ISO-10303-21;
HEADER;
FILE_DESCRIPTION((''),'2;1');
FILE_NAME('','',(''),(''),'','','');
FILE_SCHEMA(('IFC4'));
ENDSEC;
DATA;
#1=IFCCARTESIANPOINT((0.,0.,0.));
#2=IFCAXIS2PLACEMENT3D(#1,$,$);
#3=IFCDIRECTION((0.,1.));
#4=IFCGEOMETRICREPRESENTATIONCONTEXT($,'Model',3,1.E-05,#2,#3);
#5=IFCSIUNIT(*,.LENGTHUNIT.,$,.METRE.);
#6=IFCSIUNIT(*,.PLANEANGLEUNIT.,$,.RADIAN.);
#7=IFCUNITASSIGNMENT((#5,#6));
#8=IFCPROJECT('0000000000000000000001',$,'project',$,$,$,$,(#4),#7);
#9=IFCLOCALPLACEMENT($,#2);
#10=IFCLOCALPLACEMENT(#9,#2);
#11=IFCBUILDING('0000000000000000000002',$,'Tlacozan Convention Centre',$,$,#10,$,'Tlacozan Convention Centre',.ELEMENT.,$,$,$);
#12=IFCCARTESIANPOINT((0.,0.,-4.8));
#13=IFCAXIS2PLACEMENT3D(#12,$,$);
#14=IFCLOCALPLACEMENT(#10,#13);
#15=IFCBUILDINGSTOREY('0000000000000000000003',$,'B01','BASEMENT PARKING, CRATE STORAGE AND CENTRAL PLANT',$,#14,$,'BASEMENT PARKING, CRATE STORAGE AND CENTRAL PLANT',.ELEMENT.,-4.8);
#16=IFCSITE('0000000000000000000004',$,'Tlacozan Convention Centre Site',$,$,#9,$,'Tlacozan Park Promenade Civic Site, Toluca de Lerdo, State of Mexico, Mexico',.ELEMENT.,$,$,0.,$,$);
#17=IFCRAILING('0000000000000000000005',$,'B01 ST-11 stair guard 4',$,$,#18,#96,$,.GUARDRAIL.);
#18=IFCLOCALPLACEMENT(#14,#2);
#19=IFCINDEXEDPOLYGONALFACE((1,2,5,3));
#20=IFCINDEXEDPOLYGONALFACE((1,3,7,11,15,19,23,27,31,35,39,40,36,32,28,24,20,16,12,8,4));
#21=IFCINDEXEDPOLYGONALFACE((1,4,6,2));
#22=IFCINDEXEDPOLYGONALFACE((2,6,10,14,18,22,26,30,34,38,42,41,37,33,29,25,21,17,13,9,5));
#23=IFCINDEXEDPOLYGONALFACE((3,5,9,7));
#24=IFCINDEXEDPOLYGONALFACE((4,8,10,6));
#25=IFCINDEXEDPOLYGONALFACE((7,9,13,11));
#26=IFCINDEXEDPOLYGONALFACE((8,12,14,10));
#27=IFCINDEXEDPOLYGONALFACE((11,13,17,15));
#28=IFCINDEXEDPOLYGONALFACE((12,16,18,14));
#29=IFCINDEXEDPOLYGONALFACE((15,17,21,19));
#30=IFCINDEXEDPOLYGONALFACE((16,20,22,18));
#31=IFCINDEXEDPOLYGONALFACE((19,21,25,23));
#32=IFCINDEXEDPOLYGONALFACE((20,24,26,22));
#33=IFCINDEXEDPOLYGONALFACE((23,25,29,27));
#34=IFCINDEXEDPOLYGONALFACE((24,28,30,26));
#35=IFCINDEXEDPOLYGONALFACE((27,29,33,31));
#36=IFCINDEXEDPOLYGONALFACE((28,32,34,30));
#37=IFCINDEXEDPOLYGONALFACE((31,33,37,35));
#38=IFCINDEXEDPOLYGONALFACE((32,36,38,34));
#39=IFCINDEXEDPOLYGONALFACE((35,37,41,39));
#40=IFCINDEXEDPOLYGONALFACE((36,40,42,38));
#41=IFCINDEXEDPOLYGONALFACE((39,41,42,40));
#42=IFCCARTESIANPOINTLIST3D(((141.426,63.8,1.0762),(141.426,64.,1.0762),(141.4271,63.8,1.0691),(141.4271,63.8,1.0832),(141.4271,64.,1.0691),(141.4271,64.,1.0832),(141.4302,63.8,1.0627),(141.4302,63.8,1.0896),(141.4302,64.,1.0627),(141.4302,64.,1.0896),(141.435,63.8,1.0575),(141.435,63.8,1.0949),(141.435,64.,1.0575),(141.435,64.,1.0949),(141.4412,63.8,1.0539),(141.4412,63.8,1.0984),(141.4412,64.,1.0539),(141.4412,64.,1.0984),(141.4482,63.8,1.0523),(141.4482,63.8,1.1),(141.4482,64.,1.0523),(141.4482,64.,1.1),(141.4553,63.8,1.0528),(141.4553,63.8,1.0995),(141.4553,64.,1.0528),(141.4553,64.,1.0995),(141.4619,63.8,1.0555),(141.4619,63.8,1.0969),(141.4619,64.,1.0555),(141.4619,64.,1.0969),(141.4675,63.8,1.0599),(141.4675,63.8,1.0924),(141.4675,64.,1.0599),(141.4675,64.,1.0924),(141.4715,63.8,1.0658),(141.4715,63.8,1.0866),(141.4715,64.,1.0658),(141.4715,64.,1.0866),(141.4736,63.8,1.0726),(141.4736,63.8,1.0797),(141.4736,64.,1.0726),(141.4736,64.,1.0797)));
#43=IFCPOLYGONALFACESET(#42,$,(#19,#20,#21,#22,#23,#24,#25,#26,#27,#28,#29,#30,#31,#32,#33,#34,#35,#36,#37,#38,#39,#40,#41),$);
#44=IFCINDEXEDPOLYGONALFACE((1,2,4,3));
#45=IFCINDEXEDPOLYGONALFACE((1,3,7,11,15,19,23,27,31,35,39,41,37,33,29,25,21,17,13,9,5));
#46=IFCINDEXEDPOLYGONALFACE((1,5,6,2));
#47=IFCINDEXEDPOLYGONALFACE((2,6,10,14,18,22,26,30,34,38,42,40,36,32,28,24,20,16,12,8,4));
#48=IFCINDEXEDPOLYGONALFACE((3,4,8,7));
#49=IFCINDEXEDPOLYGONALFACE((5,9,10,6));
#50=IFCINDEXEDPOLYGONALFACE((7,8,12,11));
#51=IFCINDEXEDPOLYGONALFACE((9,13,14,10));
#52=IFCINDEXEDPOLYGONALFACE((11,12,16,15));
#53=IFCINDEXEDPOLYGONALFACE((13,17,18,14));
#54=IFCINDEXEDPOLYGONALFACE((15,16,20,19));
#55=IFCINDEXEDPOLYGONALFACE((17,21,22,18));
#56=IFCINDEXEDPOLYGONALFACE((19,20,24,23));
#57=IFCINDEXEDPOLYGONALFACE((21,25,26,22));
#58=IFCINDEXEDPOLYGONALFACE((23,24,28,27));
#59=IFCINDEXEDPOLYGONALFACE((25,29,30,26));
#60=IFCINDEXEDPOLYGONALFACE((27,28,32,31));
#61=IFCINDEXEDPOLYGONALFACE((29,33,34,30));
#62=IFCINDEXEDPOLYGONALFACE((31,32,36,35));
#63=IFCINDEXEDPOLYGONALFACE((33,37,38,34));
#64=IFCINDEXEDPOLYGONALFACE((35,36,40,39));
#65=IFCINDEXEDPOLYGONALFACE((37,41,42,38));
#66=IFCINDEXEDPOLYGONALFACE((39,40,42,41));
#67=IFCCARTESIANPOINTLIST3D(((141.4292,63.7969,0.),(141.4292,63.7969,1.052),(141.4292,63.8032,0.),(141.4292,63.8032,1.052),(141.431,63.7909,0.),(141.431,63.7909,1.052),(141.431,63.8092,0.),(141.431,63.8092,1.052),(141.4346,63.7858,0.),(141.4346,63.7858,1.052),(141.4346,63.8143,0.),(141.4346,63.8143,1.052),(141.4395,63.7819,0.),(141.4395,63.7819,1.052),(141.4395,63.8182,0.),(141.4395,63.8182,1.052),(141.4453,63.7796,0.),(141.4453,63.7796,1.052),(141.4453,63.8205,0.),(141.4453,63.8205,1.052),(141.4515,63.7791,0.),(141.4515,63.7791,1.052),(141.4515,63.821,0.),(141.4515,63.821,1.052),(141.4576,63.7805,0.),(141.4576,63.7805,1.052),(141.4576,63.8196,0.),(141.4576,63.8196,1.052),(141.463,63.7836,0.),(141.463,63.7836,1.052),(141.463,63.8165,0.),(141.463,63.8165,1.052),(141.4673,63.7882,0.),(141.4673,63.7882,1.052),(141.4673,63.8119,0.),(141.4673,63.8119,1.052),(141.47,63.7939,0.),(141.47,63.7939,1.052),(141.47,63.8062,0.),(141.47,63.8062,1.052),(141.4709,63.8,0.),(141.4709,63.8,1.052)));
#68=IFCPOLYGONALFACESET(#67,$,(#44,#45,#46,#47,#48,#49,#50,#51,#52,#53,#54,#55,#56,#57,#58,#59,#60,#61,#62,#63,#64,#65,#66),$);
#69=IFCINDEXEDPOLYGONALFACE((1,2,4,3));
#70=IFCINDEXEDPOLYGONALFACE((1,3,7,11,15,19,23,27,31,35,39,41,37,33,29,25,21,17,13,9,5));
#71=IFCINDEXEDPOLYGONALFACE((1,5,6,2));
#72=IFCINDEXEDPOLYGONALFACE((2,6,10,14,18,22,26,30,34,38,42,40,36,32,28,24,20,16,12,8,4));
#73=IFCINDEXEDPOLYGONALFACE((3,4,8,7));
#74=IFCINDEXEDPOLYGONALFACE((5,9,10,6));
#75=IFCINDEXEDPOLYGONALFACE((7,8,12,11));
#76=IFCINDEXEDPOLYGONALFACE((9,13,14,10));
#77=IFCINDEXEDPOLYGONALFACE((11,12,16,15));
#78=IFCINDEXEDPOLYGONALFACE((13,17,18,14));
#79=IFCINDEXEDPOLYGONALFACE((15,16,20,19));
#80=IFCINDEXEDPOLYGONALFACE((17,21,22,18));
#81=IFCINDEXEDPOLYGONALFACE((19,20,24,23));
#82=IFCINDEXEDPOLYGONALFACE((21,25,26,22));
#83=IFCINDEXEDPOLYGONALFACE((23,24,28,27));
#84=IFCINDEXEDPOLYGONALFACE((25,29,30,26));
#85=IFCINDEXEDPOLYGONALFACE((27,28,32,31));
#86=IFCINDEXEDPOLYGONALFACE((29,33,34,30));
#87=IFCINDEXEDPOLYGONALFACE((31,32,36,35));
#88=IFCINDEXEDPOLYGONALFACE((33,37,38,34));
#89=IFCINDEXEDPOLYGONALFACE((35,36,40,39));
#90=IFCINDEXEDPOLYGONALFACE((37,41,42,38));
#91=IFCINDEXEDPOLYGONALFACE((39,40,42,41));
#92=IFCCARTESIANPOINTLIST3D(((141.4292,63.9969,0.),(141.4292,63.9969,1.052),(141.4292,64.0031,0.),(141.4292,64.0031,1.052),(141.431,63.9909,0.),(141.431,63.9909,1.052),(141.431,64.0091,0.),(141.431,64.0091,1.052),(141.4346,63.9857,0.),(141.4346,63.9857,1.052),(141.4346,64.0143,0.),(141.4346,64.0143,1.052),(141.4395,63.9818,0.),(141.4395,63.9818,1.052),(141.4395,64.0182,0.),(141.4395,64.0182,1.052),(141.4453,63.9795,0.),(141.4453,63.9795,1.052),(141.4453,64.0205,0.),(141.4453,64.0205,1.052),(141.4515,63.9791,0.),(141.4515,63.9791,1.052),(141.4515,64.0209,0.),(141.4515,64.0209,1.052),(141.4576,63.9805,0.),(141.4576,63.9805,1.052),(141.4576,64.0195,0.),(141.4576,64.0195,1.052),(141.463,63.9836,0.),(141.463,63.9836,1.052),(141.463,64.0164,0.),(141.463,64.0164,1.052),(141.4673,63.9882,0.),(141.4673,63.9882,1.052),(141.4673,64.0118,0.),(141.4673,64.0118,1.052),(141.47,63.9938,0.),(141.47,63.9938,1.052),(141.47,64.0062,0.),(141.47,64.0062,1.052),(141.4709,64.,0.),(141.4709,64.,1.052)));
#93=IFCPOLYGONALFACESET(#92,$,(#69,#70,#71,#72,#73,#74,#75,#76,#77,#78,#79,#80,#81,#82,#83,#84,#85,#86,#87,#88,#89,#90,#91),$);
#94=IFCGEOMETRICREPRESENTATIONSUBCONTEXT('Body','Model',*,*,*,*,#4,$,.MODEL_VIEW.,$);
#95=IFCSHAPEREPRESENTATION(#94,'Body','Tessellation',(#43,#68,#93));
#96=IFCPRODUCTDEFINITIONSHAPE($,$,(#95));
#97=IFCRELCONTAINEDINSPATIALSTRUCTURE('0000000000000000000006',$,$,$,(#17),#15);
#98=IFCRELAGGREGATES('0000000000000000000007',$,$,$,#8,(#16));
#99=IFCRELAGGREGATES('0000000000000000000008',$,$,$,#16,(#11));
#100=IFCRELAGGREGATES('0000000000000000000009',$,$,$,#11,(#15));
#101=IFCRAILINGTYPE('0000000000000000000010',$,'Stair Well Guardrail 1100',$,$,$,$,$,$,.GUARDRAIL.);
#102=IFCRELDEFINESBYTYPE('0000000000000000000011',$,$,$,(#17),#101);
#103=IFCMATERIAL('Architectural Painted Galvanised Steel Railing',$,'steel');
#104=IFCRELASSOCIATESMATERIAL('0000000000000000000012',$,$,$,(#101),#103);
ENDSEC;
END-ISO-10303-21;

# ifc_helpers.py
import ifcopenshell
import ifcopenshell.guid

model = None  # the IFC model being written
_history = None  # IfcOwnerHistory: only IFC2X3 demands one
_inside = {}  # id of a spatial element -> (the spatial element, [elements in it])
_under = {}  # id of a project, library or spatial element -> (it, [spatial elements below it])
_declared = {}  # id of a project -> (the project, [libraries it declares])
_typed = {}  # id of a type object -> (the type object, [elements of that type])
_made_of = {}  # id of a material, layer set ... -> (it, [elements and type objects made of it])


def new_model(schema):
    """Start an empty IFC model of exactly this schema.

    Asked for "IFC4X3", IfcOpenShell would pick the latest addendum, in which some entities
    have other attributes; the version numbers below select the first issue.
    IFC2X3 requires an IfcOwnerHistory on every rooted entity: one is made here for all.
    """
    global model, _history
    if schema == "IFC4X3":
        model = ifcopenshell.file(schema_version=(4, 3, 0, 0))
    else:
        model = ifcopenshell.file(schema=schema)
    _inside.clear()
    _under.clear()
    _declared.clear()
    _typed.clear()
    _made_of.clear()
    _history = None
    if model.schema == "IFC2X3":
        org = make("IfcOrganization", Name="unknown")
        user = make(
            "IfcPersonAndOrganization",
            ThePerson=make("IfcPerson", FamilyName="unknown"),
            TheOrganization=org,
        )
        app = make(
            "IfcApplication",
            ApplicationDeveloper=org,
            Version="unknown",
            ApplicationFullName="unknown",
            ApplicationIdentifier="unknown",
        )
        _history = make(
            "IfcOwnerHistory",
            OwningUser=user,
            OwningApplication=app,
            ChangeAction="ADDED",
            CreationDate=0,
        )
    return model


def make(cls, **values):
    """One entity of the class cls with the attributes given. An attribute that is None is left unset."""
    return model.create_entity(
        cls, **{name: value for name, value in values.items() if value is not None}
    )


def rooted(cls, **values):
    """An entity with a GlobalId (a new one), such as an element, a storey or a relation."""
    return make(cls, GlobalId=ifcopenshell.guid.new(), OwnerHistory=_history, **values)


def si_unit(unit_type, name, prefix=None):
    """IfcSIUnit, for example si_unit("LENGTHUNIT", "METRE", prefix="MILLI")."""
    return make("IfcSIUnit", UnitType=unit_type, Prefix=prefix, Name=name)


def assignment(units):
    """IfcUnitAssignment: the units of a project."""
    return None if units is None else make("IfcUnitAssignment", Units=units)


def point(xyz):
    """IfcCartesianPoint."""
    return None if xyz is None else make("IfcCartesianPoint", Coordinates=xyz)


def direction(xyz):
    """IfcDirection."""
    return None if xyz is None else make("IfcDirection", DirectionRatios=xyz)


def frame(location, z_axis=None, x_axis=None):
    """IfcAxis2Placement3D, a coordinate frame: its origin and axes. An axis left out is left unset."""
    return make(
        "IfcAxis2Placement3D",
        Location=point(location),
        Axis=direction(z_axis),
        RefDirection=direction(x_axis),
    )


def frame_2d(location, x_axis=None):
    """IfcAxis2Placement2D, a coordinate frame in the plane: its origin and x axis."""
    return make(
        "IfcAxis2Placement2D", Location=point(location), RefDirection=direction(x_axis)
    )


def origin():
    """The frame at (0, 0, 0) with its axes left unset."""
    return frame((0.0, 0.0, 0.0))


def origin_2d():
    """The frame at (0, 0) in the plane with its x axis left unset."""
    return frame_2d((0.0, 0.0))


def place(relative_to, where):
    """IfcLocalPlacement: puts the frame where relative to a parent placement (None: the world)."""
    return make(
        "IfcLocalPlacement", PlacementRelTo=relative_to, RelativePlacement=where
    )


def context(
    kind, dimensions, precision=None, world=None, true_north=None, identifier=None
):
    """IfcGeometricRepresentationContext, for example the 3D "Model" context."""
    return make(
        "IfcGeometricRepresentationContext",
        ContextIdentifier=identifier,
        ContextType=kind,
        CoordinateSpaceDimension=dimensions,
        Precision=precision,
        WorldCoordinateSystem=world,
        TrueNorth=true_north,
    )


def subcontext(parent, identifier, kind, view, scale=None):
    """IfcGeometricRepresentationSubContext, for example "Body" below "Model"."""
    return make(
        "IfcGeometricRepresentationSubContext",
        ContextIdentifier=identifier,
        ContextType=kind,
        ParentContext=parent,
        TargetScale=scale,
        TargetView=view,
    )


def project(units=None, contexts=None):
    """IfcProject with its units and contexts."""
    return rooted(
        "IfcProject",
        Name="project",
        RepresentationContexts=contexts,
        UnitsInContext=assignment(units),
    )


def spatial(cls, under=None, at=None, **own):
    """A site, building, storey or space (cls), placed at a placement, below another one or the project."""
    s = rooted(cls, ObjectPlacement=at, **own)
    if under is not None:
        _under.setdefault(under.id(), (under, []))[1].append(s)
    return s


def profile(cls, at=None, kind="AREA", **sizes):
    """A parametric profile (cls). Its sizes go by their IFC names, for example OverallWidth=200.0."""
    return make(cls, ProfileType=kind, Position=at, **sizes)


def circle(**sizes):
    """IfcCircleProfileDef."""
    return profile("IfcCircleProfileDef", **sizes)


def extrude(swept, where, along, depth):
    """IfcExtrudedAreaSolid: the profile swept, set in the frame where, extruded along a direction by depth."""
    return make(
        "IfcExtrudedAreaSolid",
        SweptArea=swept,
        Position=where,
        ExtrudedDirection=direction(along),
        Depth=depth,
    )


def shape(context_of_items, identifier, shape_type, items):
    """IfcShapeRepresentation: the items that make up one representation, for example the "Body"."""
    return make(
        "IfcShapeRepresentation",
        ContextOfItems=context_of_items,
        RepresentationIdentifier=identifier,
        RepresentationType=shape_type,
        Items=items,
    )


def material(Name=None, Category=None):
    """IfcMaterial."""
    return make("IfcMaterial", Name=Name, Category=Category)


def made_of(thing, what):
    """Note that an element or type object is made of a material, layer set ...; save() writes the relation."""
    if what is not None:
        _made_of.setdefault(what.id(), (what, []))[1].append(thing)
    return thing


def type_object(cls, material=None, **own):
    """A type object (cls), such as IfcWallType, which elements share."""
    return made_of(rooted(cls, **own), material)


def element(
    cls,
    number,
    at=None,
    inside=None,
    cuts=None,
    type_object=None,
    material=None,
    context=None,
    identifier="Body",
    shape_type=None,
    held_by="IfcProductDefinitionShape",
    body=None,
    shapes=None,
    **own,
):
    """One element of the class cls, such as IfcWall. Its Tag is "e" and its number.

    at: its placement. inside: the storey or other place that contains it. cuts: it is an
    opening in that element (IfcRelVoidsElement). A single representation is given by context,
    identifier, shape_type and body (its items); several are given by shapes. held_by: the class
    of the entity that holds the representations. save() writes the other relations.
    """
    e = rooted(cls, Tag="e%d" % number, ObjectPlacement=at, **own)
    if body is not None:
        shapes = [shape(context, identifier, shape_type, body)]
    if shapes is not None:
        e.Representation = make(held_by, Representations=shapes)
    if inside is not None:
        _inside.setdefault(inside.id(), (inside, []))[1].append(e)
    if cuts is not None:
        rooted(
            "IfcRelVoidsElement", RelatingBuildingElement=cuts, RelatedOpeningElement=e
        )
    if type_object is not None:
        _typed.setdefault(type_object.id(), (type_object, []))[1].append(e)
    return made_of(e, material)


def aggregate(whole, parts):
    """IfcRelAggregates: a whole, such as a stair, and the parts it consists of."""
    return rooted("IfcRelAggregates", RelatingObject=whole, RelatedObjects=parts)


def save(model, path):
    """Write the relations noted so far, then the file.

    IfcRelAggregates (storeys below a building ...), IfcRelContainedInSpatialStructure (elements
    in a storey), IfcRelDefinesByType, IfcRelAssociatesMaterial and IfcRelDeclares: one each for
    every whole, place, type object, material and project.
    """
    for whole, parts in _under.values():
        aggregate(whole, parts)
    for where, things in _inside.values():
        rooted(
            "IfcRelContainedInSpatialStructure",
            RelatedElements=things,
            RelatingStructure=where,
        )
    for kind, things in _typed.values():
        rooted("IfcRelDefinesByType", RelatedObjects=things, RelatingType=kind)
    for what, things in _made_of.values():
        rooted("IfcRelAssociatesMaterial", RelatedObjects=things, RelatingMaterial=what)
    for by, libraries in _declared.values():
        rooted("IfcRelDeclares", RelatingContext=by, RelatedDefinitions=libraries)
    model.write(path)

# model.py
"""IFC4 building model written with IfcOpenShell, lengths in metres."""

from ifc_helpers import new_model, si_unit, direction, frame, origin, origin_2d, place, context, subcontext, project, spatial, circle, extrude, material, type_object, element, save


model = new_model("IFC4")

# Units and contexts
model_context = context("Model", 3, precision=1e-05, world=origin(), true_north=direction((0.0, 1.0)))
body_context = subcontext(model_context, "Body", "Model", "MODEL_VIEW")
ifc_project = project(units=[si_unit("LENGTHUNIT", "METRE"), si_unit("PLANEANGLEUNIT", "RADIAN")], contexts=[model_context])

# Site, building, storey
site_placement = place(None, origin())
site = spatial("IfcSite", under=ifc_project, at=site_placement, Name="Tlacozan Convention Centre Site", LongName="Tlacozan Park Promenade Civic Site, Toluca de Lerdo, State of Mexico, Mexico", CompositionType="ELEMENT", RefElevation=0.0)
building_placement = place(site_placement, origin())
building = spatial("IfcBuilding", under=site, at=building_placement, Name="Tlacozan Convention Centre", LongName="Tlacozan Convention Centre", CompositionType="ELEMENT")
storey_placement = place(building_placement, frame((0.0, 0.0, -4.8)))
storey = spatial("IfcBuildingStorey", under=building, at=storey_placement, Name="B01", Description="BASEMENT PARKING, CRATE STORAGE AND CENTRAL PLANT", LongName="BASEMENT PARKING, CRATE STORAGE AND CENTRAL PLANT", CompositionType="ELEMENT", Elevation=-4.8)

# Railing
ifc_material_1 = material(Name="Architectural Painted Galvanised Steel Railing", Category="steel")
railing_type_1 = type_object("IfcRailingType", Name="Stair Well Guardrail 1100", PredefinedType="GUARDRAIL", material=ifc_material_1)
railing_1_placement = place(storey_placement, frame((141.45, 63.8, 0.0)))
element("IfcRailing", 1, at=railing_1_placement, inside=storey, type_object=railing_type_1, Name="B01 ST-11 stair guard 4", PredefinedType="GUARDRAIL", context=body_context, shape_type="SweptSolid", body=[
    extrude(circle(Radius=0.0239, at=origin_2d()), frame((0.0, 0.0, 1.0762), z_axis=(0.0, 1.0, 0.0), x_axis=(-1.0, 0.0, 0.0)), (0.0, 0.0, 1.0), 0.2),
    extrude(circle(Radius=0.021, at=origin_2d()), origin(), (0.0, 0.0, 1.0), 1.052),
    extrude(circle(Radius=0.021, at=origin_2d()), frame((0.0, 0.2, 0.0)), (0.0, 0.0, 1.0), 1.052),
])

save(model, "model.ifc")
